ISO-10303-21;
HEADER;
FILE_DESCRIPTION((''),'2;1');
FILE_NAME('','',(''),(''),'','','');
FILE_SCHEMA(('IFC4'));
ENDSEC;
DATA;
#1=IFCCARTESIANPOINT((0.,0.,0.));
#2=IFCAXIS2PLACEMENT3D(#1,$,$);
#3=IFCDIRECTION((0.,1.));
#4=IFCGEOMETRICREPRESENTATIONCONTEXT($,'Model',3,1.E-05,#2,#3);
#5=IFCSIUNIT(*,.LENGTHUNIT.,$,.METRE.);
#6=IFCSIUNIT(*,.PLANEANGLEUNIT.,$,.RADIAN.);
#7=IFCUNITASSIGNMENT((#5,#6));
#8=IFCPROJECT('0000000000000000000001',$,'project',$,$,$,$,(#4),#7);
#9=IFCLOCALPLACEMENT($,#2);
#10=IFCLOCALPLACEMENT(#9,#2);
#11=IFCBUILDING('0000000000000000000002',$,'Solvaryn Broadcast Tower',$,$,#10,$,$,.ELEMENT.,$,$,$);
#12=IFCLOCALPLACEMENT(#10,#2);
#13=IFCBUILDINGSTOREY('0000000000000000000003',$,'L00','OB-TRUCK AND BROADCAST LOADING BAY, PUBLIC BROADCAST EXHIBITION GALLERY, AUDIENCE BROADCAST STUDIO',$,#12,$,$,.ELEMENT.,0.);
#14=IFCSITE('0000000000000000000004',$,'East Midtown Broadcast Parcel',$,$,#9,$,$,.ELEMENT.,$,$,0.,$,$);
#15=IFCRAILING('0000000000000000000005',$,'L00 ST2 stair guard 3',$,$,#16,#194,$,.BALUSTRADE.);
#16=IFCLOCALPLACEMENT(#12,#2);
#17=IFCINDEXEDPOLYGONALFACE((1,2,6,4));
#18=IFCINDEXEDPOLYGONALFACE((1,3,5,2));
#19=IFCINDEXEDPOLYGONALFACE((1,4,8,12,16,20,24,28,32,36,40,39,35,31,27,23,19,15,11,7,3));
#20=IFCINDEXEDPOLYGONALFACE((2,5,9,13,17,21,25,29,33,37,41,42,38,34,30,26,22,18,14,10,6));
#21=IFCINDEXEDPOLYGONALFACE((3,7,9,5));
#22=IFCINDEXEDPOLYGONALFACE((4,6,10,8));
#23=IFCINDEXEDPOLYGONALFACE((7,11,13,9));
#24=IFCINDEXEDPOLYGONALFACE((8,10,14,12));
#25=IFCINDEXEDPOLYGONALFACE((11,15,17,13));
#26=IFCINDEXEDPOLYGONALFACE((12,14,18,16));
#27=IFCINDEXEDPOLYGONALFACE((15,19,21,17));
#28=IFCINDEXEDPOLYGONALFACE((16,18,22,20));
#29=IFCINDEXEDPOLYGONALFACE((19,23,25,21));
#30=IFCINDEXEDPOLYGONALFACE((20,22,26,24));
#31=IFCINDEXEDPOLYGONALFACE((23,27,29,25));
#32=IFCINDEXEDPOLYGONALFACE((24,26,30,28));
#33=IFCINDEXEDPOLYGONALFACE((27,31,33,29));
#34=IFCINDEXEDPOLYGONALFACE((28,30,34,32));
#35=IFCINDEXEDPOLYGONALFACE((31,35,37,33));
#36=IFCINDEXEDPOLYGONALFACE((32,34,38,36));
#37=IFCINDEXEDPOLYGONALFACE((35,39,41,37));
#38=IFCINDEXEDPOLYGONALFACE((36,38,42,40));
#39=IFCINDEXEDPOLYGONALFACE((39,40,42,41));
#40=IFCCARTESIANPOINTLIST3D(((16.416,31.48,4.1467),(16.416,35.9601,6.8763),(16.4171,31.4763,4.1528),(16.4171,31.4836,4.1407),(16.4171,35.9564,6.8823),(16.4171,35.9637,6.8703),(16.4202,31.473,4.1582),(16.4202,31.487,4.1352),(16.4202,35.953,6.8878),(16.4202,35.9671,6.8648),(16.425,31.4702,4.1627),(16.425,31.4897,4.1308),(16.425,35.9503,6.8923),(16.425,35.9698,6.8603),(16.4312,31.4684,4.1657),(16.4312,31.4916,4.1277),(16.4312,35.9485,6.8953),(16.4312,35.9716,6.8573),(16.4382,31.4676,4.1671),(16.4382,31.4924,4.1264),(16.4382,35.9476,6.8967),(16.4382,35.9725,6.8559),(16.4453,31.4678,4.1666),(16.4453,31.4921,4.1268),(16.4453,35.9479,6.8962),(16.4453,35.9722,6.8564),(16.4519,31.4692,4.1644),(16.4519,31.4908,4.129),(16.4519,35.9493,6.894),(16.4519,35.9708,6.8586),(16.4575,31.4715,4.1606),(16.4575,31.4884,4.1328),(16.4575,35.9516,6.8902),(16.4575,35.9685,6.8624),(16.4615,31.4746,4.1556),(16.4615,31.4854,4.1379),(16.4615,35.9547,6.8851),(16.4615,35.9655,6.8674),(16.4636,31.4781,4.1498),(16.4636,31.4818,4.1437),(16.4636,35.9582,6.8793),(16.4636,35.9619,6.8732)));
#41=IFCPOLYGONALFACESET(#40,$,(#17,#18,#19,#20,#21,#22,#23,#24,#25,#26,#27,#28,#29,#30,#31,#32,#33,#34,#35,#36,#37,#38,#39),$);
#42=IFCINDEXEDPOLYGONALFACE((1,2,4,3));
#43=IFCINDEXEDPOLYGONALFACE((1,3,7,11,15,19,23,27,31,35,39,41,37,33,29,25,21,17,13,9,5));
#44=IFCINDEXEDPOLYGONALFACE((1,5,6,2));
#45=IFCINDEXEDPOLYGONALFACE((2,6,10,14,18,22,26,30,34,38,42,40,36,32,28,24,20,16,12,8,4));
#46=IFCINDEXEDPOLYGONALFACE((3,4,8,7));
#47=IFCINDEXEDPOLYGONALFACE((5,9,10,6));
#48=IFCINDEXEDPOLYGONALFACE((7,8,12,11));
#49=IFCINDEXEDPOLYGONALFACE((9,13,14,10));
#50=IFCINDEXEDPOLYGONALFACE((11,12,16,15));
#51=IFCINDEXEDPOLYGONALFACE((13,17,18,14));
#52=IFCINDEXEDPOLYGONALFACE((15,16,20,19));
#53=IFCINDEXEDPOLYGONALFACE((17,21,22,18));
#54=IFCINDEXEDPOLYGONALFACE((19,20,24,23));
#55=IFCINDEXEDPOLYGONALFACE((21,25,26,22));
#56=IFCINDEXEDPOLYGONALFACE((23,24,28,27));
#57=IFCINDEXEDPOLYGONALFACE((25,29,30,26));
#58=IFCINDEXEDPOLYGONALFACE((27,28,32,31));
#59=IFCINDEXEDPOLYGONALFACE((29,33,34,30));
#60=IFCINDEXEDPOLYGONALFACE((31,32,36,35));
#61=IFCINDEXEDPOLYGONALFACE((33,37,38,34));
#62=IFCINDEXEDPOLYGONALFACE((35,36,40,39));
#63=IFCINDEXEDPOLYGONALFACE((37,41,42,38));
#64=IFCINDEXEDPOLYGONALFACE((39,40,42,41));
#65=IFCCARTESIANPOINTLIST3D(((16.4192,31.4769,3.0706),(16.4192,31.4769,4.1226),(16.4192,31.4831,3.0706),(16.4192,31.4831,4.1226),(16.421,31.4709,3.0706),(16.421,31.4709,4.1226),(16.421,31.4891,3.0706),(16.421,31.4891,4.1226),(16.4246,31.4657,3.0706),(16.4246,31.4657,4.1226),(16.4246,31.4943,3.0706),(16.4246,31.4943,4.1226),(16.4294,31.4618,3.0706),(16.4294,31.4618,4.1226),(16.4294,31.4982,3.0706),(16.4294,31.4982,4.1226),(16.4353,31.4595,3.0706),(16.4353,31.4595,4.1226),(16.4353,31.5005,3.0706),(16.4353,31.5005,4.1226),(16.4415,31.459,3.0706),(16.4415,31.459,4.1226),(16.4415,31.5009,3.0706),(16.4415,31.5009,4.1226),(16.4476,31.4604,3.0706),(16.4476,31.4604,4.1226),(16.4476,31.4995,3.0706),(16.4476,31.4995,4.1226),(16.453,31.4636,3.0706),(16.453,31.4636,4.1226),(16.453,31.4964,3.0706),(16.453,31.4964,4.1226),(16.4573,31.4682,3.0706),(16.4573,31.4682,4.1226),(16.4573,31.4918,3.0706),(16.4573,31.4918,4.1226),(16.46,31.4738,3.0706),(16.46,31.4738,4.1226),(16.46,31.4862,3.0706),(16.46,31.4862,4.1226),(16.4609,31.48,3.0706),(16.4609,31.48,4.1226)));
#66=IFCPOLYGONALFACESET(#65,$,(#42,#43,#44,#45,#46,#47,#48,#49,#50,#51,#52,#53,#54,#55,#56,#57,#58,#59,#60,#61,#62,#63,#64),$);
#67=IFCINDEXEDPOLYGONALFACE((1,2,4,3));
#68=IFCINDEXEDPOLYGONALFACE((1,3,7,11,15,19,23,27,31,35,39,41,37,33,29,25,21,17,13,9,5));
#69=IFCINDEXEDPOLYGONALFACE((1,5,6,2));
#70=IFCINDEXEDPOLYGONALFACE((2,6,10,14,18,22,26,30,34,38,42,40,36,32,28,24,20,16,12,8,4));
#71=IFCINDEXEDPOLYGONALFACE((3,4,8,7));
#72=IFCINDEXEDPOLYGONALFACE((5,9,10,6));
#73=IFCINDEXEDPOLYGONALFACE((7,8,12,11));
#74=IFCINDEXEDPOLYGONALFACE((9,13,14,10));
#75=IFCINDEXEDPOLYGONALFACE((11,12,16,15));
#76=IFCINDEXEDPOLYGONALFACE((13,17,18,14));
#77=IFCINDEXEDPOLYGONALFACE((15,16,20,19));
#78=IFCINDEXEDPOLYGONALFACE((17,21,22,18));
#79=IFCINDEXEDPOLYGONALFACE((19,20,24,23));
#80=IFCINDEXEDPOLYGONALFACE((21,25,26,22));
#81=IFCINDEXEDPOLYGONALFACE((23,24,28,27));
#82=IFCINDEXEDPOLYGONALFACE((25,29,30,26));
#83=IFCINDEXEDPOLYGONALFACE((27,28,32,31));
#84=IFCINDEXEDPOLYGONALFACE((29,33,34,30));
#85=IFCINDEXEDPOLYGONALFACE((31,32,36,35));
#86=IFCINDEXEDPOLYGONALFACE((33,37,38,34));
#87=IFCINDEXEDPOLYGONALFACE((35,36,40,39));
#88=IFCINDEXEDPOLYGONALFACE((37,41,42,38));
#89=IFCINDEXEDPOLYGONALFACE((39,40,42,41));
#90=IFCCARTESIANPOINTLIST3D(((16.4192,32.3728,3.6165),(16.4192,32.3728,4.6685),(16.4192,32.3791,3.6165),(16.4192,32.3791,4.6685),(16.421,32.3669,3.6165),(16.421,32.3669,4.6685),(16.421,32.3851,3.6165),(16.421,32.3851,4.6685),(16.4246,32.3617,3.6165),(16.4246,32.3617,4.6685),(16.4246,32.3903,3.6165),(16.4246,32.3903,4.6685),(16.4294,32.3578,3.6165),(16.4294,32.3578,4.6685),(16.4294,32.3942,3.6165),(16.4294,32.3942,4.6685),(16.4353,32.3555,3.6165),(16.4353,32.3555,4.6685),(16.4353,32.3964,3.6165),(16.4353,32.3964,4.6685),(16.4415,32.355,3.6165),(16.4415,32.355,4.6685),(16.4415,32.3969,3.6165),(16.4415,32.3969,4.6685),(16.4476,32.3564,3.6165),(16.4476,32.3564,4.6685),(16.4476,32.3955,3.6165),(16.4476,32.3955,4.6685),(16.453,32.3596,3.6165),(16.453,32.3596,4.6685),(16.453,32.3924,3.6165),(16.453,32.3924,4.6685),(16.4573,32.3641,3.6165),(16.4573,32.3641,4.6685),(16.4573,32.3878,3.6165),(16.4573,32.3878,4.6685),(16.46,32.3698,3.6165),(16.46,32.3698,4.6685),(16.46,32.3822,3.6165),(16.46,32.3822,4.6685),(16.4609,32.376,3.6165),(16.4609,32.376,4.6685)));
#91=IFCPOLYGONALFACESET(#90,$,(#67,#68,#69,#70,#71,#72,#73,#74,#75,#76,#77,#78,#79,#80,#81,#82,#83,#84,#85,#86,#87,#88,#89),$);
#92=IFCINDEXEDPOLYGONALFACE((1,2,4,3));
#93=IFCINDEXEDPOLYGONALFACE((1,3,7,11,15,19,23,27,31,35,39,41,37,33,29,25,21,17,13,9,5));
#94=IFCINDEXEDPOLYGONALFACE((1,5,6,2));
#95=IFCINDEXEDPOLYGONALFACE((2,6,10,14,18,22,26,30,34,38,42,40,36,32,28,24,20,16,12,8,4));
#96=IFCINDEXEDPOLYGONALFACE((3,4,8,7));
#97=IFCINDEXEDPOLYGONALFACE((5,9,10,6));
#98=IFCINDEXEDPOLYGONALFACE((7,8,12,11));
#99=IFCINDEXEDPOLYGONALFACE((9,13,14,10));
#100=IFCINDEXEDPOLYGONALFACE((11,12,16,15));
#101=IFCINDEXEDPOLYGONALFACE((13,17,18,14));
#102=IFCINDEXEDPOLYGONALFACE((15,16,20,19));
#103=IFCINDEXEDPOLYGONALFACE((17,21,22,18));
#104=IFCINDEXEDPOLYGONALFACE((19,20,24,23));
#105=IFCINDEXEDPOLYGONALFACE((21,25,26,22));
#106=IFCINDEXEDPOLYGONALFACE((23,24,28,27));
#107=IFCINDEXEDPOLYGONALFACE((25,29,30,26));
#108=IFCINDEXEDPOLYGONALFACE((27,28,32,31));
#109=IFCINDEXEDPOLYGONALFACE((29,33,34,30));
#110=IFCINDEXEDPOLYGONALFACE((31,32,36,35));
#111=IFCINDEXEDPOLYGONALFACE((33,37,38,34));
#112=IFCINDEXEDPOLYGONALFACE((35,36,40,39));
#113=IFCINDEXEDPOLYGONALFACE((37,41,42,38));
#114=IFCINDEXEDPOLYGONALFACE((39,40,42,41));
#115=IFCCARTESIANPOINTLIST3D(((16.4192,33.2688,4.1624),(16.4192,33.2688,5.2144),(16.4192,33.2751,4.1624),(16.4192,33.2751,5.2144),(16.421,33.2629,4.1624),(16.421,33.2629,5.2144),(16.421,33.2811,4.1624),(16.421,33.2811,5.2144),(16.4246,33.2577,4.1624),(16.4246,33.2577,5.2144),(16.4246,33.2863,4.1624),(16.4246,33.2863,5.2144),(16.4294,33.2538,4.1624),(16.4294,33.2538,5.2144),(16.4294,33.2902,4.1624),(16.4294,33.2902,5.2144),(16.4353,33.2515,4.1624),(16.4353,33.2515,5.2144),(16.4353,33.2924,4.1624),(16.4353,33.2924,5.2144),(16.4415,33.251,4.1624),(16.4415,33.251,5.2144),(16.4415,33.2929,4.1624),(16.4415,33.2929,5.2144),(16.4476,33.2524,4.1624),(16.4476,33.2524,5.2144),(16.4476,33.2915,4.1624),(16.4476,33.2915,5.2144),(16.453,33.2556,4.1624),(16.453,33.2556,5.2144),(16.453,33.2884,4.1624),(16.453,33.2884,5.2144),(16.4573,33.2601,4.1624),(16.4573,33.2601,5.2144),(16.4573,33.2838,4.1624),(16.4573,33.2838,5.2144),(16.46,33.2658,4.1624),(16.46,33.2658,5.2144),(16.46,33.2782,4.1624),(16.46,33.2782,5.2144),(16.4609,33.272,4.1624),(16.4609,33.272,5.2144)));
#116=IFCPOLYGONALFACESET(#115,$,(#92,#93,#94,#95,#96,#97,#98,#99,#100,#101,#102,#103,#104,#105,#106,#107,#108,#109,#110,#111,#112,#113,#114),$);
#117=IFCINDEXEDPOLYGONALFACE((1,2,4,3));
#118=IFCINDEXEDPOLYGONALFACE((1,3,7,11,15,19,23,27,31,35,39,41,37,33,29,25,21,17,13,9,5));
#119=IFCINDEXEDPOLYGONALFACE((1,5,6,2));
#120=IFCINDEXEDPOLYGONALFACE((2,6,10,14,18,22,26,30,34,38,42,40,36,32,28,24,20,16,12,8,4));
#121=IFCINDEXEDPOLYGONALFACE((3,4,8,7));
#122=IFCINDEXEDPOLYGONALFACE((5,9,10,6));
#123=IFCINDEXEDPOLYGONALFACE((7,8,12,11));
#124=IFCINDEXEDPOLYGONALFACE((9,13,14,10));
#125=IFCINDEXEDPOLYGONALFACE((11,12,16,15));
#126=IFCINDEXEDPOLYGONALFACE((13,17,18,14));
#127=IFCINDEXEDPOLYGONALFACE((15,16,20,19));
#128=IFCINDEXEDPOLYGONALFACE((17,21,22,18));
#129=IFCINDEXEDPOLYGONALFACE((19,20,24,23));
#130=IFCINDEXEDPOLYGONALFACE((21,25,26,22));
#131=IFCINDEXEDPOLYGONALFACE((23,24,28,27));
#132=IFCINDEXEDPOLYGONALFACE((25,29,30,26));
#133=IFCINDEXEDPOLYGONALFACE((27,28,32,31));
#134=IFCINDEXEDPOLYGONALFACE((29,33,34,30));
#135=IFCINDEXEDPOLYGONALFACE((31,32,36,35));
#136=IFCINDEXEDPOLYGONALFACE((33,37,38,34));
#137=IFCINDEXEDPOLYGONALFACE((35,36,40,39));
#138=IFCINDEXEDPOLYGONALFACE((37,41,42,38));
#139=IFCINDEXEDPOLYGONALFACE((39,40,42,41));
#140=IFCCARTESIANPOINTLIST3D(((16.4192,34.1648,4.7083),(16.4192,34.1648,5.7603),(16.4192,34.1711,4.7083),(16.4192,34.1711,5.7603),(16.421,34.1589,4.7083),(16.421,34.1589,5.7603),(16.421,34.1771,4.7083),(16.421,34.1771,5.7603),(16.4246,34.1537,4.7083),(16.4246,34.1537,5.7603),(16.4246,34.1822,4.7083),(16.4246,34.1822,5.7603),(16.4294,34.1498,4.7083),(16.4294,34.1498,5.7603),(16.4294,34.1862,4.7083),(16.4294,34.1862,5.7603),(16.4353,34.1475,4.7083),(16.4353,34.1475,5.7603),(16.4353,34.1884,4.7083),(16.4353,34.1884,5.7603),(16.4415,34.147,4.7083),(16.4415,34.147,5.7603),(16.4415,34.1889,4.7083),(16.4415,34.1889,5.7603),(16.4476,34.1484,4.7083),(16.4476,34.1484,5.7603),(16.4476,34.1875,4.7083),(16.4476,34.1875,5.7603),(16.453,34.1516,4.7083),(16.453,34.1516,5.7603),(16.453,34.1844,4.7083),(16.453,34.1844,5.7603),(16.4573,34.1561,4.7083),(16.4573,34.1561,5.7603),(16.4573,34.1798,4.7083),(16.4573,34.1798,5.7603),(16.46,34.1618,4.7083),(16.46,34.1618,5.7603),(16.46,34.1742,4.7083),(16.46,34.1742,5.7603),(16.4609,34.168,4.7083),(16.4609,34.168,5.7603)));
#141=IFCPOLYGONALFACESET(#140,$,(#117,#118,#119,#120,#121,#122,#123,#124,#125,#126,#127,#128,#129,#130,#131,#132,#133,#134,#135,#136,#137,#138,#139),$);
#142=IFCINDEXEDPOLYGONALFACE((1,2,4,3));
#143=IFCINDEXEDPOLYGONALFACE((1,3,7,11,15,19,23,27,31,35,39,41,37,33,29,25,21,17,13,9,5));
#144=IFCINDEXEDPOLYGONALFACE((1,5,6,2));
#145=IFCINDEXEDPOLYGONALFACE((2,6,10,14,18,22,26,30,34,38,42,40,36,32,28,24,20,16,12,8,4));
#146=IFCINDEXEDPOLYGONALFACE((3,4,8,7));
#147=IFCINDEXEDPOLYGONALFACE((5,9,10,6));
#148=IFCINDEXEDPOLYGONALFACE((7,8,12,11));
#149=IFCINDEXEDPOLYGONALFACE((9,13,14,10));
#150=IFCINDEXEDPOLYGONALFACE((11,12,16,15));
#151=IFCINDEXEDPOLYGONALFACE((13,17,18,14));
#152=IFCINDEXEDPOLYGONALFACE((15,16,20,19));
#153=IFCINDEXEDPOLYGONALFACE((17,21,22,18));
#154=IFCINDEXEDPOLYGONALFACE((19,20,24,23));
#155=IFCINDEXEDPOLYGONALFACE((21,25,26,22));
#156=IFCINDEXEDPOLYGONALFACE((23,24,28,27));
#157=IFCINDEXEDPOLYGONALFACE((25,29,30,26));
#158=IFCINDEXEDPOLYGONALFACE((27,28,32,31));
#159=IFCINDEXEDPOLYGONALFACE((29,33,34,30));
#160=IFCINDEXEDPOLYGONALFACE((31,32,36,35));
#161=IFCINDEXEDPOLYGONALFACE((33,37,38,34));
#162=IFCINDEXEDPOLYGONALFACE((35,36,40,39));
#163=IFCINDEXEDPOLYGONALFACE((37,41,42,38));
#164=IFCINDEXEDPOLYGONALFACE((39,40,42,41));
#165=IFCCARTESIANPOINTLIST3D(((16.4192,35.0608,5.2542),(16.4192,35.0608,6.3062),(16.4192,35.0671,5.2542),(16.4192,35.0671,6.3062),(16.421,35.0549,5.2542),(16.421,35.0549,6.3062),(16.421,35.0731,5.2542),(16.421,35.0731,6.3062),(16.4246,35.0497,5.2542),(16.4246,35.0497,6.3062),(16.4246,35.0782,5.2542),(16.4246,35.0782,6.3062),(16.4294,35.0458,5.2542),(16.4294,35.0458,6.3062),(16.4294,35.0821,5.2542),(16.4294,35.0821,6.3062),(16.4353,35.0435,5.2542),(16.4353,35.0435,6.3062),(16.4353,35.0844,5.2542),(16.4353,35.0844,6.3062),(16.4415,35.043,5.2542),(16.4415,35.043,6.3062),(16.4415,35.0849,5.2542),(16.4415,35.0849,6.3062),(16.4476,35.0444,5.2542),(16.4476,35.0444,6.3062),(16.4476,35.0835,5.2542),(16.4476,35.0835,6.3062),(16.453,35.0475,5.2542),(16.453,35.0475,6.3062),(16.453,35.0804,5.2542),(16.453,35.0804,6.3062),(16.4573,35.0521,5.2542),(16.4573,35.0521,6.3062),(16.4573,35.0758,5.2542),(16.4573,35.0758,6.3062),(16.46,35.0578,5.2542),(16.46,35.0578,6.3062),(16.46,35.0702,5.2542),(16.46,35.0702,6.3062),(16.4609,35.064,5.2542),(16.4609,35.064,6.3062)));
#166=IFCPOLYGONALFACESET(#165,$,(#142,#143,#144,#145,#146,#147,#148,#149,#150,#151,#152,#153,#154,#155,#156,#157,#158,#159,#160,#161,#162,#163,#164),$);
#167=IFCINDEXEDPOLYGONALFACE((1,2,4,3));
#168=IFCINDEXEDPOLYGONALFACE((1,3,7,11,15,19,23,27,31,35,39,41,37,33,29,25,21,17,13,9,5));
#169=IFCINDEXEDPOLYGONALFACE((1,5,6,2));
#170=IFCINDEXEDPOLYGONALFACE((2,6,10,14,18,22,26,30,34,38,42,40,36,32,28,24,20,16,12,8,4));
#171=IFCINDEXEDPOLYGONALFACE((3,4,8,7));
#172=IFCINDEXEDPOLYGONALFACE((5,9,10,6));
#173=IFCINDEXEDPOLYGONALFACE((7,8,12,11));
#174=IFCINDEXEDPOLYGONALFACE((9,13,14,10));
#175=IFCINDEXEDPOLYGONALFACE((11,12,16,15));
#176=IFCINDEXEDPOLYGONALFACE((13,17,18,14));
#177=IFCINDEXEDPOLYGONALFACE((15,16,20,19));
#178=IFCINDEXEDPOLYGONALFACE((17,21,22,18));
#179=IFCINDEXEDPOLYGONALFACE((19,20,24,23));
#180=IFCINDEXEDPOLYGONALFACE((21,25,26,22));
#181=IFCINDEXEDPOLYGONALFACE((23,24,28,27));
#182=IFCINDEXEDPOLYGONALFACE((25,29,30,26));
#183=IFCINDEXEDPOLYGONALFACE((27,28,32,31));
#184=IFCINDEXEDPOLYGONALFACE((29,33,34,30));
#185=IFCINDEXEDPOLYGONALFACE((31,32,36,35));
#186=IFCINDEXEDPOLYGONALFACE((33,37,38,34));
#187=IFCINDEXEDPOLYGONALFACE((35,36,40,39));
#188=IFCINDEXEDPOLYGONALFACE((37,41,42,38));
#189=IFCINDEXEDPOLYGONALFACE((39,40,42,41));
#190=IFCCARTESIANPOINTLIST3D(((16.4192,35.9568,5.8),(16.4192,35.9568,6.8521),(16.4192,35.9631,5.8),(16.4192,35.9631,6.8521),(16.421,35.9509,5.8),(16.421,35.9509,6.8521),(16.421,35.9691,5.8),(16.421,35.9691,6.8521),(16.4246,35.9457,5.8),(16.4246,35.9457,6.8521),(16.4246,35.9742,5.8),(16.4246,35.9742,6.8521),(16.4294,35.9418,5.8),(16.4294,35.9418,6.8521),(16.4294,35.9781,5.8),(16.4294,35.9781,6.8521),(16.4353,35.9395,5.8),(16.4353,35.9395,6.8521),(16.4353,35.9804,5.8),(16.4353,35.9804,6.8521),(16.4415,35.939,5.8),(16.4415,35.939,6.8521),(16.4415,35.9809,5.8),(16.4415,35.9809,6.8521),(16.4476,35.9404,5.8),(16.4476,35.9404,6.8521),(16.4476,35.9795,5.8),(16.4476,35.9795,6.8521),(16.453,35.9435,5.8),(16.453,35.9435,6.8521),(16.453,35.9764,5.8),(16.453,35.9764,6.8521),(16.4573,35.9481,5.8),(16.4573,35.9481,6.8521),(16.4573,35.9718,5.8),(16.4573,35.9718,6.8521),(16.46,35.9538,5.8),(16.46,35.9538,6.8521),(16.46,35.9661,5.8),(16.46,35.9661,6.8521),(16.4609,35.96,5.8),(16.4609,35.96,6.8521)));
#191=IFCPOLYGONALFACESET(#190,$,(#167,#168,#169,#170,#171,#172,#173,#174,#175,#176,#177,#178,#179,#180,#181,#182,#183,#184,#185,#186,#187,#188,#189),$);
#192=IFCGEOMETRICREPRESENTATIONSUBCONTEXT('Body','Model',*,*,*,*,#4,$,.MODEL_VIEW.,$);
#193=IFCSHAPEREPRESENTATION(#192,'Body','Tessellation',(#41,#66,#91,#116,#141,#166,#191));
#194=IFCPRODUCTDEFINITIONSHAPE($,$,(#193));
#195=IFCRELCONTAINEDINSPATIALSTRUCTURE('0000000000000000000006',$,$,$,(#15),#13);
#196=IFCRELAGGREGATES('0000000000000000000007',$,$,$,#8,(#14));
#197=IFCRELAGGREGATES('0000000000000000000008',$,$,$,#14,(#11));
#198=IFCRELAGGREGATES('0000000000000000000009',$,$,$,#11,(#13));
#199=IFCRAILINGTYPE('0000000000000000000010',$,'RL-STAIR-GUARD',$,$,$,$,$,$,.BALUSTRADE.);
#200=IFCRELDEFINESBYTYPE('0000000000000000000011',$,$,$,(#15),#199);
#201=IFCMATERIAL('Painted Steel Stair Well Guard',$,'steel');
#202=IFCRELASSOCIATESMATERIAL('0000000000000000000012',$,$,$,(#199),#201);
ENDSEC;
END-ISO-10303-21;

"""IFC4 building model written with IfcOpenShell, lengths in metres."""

from ifc_helpers import new_model, si_unit, direction, frame, origin, origin_2d, place, context, subcontext, project, spatial, circle, extrude, material, type_object, element, save


model = new_model("IFC4")

# Units and contexts
model_context = context("Model", 3, precision=1e-05, world=origin(), true_north=direction((0.0, 1.0)))
body_context = subcontext(model_context, "Body", "Model", "MODEL_VIEW")
ifc_project = project(units=[si_unit("LENGTHUNIT", "METRE"), si_unit("PLANEANGLEUNIT", "RADIAN")], contexts=[model_context])

# Site, building, storey
site_placement = place(None, origin())
site = spatial("IfcSite", under=ifc_project, at=site_placement, Name="East Midtown Broadcast Parcel", CompositionType="ELEMENT", RefElevation=0.0)
building_placement = place(site_placement, origin())
building = spatial("IfcBuilding", under=site, at=building_placement, Name="Solvaryn Broadcast Tower", CompositionType="ELEMENT")
storey_placement = place(building_placement, origin())
storey = spatial("IfcBuildingStorey", under=building, at=storey_placement, Name="L00", Description="OB-TRUCK AND BROADCAST LOADING BAY, PUBLIC BROADCAST EXHIBITION GALLERY, AUDIENCE BROADCAST STUDIO", CompositionType="ELEMENT", Elevation=0.0)

# Railing
ifc_material_1 = material(Name="Painted Steel Stair Well Guard", Category="steel")
railing_type_1 = type_object("IfcRailingType", Name="RL-STAIR-GUARD", PredefinedType="BALUSTRADE", material=ifc_material_1)
railing_1_placement = place(storey_placement, frame((16.4399, 31.48, 3.0706)))
element("IfcRailing", 1, at=railing_1_placement, inside=storey, type_object=railing_type_1, Name="L00 ST2 stair guard 3", PredefinedType="BALUSTRADE", context=body_context, shape_type="SweptSolid", body=[
    extrude(circle(Radius=0.0239, at=origin_2d()), frame((0.0, 0.0, 1.0762), z_axis=(0.0, 0.853983, 0.520301), x_axis=(-1.0, 0.0, 0.0)), (0.0, 0.0, 1.0), 5.2461),
    extrude(circle(Radius=0.021, at=origin_2d()), origin(), (0.0, 0.0, 1.0), 1.052),
    extrude(circle(Radius=0.021, at=origin_2d()), frame((0.0, 0.896, 0.5459)), (0.0, 0.0, 1.0), 1.052),
    extrude(circle(Radius=0.021, at=origin_2d()), frame((0.0, 1.792, 1.0918)), (0.0, 0.0, 1.0), 1.052),
    extrude(circle(Radius=0.021, at=origin_2d()), frame((0.0, 2.688, 1.6377)), (0.0, 0.0, 1.0), 1.052),
    extrude(circle(Radius=0.021, at=origin_2d()), frame((0.0, 3.584, 2.1836)), (0.0, 0.0, 1.0), 1.052),
    extrude(circle(Radius=0.021, at=origin_2d()), frame((0.0, 4.48, 2.7295)), (0.0, 0.0, 1.0), 1.052),
])

save(model, "model.ifc")
